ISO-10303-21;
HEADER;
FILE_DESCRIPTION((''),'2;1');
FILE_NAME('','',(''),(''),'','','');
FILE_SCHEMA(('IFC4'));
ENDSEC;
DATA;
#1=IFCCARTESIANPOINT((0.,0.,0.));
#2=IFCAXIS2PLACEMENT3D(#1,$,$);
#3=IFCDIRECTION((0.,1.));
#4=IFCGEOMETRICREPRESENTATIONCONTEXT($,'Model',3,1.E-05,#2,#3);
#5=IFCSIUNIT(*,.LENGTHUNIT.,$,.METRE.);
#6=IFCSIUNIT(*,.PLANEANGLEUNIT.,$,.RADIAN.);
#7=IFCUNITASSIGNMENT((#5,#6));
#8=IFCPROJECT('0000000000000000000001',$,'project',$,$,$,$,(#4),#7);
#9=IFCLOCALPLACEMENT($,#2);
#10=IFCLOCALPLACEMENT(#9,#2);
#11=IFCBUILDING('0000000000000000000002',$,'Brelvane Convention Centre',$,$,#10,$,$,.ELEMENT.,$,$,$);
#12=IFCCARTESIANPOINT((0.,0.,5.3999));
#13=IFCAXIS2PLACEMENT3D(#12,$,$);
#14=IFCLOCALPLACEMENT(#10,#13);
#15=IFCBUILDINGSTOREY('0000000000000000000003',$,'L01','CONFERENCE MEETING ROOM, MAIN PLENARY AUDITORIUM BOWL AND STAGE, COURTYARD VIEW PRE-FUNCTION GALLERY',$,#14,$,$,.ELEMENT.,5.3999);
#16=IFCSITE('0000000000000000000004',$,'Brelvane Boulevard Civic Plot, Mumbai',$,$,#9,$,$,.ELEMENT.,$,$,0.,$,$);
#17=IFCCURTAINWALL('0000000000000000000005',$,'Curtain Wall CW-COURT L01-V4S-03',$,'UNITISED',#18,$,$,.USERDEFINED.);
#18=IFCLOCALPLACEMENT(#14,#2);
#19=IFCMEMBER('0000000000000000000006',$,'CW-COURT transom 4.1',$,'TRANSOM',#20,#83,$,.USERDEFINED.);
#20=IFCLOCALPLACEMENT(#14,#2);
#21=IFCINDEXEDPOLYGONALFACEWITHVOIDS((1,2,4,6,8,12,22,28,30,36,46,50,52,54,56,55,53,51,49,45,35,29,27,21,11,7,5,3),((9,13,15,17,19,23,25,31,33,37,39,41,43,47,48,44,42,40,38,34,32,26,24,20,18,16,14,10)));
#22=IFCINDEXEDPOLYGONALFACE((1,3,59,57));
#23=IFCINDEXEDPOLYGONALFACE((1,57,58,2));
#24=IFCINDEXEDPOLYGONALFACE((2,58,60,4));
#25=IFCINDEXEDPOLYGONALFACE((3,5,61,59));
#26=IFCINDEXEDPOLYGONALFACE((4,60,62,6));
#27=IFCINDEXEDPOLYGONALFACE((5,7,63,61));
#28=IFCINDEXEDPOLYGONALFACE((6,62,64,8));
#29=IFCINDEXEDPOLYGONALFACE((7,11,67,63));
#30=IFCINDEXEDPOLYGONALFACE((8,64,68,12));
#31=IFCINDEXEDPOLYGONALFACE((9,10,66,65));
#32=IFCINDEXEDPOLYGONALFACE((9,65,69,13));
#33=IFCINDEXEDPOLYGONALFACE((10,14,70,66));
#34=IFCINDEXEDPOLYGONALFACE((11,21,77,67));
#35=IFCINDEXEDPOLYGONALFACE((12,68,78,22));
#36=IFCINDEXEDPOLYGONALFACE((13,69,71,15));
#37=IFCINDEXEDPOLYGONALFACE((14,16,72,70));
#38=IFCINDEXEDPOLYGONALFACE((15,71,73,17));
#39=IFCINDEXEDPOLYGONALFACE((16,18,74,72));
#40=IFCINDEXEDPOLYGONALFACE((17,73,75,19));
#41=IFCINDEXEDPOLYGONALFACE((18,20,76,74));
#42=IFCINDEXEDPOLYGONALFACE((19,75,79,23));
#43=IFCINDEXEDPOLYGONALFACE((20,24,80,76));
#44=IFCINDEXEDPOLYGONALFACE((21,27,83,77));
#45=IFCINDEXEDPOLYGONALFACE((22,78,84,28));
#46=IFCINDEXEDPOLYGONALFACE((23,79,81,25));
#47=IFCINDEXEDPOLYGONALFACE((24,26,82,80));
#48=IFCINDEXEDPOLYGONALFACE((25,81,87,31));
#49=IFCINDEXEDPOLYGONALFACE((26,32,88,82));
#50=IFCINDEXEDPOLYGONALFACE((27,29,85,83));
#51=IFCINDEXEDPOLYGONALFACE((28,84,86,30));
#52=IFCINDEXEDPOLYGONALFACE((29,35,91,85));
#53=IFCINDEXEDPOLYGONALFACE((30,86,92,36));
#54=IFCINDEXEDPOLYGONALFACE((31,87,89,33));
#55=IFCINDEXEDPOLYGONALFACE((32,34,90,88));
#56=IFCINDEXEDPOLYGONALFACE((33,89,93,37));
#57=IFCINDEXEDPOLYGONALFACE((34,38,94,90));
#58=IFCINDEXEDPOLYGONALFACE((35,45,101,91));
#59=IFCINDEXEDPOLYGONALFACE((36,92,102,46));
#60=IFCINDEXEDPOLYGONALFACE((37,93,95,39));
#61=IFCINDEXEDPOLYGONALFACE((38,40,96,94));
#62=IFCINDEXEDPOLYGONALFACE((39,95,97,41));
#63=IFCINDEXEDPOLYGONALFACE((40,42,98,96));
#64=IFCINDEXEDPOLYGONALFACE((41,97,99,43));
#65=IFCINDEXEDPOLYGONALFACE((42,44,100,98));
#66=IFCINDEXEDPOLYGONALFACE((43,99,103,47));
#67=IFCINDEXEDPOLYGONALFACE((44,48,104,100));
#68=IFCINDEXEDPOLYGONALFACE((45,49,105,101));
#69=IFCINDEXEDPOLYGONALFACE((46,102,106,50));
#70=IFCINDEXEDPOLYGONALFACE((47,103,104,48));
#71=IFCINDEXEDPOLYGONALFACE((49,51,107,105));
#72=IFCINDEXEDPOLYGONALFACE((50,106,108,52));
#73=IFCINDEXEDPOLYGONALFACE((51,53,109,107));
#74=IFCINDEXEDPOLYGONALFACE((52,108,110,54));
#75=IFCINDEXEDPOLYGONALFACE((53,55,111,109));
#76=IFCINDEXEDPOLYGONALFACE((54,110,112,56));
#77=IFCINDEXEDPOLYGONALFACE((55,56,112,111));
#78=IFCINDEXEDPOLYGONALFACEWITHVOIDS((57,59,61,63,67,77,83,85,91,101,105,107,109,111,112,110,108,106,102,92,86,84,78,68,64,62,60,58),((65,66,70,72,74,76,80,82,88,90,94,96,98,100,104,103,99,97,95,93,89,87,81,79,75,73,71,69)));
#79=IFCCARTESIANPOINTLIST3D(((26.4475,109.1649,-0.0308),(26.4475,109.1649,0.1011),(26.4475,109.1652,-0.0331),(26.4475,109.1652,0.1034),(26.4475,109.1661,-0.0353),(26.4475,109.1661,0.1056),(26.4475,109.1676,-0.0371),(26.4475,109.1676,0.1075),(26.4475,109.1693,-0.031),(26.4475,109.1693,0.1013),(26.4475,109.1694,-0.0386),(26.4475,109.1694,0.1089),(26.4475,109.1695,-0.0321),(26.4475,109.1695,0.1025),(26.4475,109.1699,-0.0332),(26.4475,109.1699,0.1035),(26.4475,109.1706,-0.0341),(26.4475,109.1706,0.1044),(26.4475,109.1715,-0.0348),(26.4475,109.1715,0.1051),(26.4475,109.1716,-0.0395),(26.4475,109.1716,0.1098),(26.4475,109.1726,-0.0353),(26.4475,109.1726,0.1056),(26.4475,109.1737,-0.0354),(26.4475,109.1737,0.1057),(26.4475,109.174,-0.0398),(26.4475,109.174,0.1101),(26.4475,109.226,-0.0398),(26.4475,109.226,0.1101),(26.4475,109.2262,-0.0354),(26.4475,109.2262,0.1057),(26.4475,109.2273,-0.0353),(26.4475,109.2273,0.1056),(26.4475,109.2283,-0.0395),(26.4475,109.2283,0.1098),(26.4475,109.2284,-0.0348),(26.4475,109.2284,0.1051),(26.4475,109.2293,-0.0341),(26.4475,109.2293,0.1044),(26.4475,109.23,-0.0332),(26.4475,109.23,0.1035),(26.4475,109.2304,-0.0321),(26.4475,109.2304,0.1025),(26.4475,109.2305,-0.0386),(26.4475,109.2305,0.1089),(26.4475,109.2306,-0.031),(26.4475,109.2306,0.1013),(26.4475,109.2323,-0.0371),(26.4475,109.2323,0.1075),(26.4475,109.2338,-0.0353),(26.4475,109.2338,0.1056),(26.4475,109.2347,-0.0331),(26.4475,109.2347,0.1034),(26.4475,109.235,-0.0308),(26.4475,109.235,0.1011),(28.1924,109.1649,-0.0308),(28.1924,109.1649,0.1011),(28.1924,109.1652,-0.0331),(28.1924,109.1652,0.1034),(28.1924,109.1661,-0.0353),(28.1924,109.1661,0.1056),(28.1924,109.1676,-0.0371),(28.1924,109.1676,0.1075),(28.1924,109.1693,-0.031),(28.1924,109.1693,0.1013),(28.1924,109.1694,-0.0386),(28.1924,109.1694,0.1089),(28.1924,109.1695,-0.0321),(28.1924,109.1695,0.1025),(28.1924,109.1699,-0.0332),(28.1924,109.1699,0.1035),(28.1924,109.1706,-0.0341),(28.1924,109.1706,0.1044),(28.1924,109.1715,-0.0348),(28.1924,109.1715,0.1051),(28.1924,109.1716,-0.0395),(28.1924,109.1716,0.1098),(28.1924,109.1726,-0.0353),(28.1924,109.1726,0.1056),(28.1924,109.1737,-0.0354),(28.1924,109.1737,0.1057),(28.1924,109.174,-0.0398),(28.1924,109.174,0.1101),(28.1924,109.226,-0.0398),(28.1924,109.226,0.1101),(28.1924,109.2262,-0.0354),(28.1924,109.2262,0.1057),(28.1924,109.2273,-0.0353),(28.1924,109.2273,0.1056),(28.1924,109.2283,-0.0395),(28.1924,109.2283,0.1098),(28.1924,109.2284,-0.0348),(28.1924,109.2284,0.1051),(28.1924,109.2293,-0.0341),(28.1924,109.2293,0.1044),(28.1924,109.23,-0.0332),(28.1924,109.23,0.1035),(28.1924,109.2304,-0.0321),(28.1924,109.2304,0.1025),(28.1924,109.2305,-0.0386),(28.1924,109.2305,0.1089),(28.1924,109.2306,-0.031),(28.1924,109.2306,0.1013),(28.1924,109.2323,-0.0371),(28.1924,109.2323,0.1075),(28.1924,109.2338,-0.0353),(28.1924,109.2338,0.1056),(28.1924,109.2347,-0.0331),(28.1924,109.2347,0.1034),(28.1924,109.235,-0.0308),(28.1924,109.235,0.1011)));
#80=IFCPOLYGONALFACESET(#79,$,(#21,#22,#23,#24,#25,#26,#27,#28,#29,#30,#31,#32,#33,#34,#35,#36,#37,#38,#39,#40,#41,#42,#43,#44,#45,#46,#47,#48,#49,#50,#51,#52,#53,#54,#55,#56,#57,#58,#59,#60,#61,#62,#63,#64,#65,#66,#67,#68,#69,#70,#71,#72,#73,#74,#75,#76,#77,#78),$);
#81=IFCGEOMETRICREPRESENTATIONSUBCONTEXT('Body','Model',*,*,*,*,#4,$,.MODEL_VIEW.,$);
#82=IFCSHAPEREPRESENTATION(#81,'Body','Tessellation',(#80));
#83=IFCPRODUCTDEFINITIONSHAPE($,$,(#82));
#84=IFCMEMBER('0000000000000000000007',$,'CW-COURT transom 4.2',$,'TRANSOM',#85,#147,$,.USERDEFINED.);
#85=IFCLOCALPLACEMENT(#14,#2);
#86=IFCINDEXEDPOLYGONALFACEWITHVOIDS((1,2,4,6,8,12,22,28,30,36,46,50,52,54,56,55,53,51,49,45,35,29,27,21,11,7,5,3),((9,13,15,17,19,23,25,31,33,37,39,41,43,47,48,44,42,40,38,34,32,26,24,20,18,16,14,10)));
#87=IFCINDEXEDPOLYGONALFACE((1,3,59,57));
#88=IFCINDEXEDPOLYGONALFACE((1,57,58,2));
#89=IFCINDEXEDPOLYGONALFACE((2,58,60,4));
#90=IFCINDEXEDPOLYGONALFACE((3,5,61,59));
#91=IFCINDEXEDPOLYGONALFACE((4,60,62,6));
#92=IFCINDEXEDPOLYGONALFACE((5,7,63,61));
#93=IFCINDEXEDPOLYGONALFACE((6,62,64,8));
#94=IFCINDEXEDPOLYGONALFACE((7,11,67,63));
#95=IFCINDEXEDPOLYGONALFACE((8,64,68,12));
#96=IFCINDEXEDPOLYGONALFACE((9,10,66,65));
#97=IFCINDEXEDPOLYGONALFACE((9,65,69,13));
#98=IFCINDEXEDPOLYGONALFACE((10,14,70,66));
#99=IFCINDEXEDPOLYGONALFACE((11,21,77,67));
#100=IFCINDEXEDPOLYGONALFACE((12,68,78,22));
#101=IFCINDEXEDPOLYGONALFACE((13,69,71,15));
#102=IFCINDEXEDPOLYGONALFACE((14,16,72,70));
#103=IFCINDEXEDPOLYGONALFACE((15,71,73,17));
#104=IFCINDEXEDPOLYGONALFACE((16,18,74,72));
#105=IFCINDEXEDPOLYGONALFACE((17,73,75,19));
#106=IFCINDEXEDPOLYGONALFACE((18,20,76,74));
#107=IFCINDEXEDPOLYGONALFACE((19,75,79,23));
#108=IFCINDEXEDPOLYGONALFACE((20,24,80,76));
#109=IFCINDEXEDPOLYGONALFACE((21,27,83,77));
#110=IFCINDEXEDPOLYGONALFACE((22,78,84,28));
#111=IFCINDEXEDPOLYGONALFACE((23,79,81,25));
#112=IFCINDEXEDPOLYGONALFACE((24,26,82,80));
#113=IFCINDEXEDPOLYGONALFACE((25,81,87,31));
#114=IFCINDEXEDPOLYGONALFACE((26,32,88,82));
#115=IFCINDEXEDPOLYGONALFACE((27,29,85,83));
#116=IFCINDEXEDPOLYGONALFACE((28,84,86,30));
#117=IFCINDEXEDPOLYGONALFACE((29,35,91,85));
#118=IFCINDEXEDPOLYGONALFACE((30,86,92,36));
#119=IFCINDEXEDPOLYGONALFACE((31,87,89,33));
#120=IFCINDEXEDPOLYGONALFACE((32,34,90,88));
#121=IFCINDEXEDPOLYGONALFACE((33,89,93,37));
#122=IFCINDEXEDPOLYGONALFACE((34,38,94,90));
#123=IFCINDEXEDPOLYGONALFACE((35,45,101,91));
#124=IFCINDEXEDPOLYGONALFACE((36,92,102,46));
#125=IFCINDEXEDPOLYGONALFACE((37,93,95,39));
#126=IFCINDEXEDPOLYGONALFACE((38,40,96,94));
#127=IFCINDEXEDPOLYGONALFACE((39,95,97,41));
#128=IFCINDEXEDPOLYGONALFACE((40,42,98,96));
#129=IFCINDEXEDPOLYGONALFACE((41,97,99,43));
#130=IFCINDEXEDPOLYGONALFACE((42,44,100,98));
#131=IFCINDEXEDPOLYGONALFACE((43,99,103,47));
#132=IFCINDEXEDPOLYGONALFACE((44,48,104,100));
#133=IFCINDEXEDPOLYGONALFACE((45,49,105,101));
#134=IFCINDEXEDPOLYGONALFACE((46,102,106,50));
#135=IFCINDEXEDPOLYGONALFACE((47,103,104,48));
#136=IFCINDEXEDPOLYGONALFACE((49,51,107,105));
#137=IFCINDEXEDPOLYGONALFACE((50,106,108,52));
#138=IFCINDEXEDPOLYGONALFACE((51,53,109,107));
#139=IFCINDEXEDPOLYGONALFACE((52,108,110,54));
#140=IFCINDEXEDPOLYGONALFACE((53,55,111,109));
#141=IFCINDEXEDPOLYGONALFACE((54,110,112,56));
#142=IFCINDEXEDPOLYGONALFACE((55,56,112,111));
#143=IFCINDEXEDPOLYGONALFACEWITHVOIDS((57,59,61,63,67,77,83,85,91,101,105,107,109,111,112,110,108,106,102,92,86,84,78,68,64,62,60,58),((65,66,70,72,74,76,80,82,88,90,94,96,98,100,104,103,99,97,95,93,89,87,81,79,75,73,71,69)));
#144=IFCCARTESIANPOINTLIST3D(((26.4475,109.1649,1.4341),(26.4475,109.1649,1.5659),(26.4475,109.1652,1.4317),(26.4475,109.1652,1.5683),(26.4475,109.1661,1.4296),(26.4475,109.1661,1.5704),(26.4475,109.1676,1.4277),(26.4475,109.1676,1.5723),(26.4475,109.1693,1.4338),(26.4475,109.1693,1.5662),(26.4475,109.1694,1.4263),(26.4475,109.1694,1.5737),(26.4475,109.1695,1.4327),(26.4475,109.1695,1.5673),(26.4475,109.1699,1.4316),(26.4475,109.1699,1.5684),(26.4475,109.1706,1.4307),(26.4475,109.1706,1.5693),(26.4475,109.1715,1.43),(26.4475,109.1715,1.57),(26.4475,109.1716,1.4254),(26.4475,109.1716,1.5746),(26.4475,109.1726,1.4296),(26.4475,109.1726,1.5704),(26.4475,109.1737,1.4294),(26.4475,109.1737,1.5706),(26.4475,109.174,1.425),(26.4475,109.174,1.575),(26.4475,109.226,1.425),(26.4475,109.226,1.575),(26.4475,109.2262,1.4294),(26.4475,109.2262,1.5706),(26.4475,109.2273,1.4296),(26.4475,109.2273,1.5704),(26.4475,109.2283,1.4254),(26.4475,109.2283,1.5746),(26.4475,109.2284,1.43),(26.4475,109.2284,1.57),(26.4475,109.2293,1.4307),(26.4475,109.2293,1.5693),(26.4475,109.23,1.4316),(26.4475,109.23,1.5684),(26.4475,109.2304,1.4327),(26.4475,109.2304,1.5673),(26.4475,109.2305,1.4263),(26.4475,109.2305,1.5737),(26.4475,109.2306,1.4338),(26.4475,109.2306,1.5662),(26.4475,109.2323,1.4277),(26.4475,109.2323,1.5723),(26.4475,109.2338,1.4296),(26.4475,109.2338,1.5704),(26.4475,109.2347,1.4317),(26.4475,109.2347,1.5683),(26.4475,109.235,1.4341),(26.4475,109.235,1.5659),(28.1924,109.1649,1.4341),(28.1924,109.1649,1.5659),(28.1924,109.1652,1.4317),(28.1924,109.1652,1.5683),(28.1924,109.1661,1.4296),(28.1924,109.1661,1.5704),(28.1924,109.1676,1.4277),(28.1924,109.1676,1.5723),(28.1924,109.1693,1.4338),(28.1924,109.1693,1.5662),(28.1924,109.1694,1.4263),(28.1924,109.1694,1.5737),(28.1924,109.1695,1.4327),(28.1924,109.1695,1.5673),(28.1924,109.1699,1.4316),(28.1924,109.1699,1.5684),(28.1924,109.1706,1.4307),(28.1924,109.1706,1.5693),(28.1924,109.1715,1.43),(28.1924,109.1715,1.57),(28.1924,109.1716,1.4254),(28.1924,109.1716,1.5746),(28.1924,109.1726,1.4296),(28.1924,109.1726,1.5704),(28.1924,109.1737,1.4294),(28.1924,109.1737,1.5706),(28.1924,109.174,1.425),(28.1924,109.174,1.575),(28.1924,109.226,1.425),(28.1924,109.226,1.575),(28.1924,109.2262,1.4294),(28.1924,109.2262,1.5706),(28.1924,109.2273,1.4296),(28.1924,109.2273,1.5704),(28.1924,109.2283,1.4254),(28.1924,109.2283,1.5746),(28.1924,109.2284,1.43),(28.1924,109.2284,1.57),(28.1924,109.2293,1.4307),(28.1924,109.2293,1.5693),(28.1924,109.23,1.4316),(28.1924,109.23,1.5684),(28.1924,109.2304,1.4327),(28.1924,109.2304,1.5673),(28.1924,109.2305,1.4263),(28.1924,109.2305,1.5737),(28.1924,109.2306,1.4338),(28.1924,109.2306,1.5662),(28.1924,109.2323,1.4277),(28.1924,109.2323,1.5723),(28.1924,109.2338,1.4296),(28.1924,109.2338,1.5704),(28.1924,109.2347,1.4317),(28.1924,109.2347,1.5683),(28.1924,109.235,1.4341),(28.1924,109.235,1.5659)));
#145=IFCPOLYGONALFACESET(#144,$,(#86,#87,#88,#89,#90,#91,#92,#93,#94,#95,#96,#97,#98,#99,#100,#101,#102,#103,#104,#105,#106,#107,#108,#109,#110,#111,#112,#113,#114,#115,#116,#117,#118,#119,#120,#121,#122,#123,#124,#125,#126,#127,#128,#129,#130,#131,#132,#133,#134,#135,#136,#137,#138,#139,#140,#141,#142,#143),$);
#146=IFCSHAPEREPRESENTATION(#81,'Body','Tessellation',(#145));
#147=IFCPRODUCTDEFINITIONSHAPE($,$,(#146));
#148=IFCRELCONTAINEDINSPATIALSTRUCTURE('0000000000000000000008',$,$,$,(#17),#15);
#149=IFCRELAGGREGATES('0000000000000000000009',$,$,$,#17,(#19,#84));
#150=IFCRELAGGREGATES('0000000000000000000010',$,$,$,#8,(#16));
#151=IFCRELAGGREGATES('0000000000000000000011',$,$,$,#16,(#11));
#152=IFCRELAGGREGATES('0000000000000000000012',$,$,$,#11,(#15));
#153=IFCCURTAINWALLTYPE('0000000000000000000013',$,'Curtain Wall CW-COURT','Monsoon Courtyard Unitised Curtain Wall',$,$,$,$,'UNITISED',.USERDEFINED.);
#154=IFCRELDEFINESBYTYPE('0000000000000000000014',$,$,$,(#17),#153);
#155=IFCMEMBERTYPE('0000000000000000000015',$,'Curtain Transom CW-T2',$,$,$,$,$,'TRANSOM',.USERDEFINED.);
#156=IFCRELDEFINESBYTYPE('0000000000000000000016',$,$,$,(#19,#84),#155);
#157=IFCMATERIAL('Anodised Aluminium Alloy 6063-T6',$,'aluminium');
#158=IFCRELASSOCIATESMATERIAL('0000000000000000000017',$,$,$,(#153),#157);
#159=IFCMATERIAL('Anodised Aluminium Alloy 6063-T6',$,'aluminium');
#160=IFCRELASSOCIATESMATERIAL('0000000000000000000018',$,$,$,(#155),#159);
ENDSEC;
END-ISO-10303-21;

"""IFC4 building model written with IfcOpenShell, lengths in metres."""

from ifc_helpers import new_model, si_unit, direction, frame, origin, origin_2d, place, context, subcontext, project, spatial, hollow_rectangle, extrude, material, material_profile, profile_set, type_object, element, aggregate, save


model = new_model("IFC4")

# Units and contexts
model_context = context("Model", 3, precision=1e-05, world=origin(), true_north=direction((0.0, 1.0)))
body_context = subcontext(model_context, "Body", "Model", "MODEL_VIEW")
ifc_project = project(units=[si_unit("LENGTHUNIT", "METRE"), si_unit("PLANEANGLEUNIT", "RADIAN")], contexts=[model_context])

# Site, building, storey
site_placement = place(None, origin())
site = spatial("IfcSite", under=ifc_project, at=site_placement, Name="Brelvane Boulevard Civic Plot, Mumbai", CompositionType="ELEMENT", RefElevation=0.0)
building_placement = place(site_placement, origin())
building = spatial("IfcBuilding", under=site, at=building_placement, Name="Brelvane Convention Centre", CompositionType="ELEMENT")
storey_placement = place(building_placement, frame((0.0, 0.0, 5.3999)))
storey = spatial("IfcBuildingStorey", under=building, at=storey_placement, Name="L01", Description="CONFERENCE MEETING ROOM, MAIN PLENARY AUDITORIUM BOWL AND STAGE, COURTYARD VIEW PRE-FUNCTION GALLERY", CompositionType="ELEMENT", Elevation=5.3999)

# Curtain wall, members
ifc_material_1 = material(Name="Anodised Aluminium Alloy 6063-T6", Category="aluminium")
curtain_wall_type = type_object("IfcCurtainWallType", Name="Curtain Wall CW-COURT", Description="Monsoon Courtyard Unitised Curtain Wall", ElementType="UNITISED", PredefinedType="USERDEFINED", material=ifc_material_1)
curtain_wall_placement = place(storey_placement, origin())
curtain_wall = element("IfcCurtainWall", 1, at=curtain_wall_placement, inside=storey, type_object=curtain_wall_type, Name="Curtain Wall CW-COURT L01-V4S-03", ObjectType="UNITISED", PredefinedType="USERDEFINED")
ifc_material_2 = material(Name="Anodised Aluminium Alloy 6063-T6", Category="aluminium")
ifc_material_profile_1 = material_profile(ifc_material_2, hollow_rectangle(XDim=0.0701, YDim=0.1499, WallThickness=0.0044, InnerFilletRadius=0.0044, OuterFilletRadius=0.009, at=origin_2d()), Name="ALU-T 150x70x4.5")
ifc_profile_set_1 = profile_set([ifc_material_profile_1], Name="Anodised Aluminium Alloy 6063-T6")
member_type_1 = type_object("IfcMemberType", Name="Curtain Transom CW-T2", ElementType="TRANSOM", PredefinedType="USERDEFINED", material=ifc_profile_set_1)
member_1_placement = place(storey_placement, frame((26.4475, 109.2, 0.0352), z_axis=(1.0, 0.0, 0.0), x_axis=(0.0, 1.0, 0.0)))
member_1 = element("IfcMember", 2, at=member_1_placement, type_object=member_type_1, Name="CW-COURT transom 4.1", ObjectType="TRANSOM", PredefinedType="USERDEFINED", context=body_context, shape_type="SweptSolid", body=[
    extrude(hollow_rectangle(XDim=0.0701, YDim=0.1499, WallThickness=0.0044, InnerFilletRadius=0.0044, OuterFilletRadius=0.009, at=origin_2d()), origin(), (0.0, 0.0, 1.0), 1.7449),
])
member_2_placement = place(storey_placement, frame((26.4475, 109.2, 1.5), z_axis=(1.0, 0.0, 0.0), x_axis=(0.0, 1.0, 0.0)))
member_2 = element("IfcMember", 3, at=member_2_placement, type_object=member_type_1, Name="CW-COURT transom 4.2", ObjectType="TRANSOM", PredefinedType="USERDEFINED", context=body_context, shape_type="SweptSolid", body=[
    extrude(hollow_rectangle(XDim=0.0701, YDim=0.1499, WallThickness=0.0044, InnerFilletRadius=0.0044, OuterFilletRadius=0.009, at=origin_2d()), origin(), (0.0, 0.0, 1.0), 1.7449),
])

aggregate(curtain_wall, [member_1, member_2])

save(model, "model.ifc")
